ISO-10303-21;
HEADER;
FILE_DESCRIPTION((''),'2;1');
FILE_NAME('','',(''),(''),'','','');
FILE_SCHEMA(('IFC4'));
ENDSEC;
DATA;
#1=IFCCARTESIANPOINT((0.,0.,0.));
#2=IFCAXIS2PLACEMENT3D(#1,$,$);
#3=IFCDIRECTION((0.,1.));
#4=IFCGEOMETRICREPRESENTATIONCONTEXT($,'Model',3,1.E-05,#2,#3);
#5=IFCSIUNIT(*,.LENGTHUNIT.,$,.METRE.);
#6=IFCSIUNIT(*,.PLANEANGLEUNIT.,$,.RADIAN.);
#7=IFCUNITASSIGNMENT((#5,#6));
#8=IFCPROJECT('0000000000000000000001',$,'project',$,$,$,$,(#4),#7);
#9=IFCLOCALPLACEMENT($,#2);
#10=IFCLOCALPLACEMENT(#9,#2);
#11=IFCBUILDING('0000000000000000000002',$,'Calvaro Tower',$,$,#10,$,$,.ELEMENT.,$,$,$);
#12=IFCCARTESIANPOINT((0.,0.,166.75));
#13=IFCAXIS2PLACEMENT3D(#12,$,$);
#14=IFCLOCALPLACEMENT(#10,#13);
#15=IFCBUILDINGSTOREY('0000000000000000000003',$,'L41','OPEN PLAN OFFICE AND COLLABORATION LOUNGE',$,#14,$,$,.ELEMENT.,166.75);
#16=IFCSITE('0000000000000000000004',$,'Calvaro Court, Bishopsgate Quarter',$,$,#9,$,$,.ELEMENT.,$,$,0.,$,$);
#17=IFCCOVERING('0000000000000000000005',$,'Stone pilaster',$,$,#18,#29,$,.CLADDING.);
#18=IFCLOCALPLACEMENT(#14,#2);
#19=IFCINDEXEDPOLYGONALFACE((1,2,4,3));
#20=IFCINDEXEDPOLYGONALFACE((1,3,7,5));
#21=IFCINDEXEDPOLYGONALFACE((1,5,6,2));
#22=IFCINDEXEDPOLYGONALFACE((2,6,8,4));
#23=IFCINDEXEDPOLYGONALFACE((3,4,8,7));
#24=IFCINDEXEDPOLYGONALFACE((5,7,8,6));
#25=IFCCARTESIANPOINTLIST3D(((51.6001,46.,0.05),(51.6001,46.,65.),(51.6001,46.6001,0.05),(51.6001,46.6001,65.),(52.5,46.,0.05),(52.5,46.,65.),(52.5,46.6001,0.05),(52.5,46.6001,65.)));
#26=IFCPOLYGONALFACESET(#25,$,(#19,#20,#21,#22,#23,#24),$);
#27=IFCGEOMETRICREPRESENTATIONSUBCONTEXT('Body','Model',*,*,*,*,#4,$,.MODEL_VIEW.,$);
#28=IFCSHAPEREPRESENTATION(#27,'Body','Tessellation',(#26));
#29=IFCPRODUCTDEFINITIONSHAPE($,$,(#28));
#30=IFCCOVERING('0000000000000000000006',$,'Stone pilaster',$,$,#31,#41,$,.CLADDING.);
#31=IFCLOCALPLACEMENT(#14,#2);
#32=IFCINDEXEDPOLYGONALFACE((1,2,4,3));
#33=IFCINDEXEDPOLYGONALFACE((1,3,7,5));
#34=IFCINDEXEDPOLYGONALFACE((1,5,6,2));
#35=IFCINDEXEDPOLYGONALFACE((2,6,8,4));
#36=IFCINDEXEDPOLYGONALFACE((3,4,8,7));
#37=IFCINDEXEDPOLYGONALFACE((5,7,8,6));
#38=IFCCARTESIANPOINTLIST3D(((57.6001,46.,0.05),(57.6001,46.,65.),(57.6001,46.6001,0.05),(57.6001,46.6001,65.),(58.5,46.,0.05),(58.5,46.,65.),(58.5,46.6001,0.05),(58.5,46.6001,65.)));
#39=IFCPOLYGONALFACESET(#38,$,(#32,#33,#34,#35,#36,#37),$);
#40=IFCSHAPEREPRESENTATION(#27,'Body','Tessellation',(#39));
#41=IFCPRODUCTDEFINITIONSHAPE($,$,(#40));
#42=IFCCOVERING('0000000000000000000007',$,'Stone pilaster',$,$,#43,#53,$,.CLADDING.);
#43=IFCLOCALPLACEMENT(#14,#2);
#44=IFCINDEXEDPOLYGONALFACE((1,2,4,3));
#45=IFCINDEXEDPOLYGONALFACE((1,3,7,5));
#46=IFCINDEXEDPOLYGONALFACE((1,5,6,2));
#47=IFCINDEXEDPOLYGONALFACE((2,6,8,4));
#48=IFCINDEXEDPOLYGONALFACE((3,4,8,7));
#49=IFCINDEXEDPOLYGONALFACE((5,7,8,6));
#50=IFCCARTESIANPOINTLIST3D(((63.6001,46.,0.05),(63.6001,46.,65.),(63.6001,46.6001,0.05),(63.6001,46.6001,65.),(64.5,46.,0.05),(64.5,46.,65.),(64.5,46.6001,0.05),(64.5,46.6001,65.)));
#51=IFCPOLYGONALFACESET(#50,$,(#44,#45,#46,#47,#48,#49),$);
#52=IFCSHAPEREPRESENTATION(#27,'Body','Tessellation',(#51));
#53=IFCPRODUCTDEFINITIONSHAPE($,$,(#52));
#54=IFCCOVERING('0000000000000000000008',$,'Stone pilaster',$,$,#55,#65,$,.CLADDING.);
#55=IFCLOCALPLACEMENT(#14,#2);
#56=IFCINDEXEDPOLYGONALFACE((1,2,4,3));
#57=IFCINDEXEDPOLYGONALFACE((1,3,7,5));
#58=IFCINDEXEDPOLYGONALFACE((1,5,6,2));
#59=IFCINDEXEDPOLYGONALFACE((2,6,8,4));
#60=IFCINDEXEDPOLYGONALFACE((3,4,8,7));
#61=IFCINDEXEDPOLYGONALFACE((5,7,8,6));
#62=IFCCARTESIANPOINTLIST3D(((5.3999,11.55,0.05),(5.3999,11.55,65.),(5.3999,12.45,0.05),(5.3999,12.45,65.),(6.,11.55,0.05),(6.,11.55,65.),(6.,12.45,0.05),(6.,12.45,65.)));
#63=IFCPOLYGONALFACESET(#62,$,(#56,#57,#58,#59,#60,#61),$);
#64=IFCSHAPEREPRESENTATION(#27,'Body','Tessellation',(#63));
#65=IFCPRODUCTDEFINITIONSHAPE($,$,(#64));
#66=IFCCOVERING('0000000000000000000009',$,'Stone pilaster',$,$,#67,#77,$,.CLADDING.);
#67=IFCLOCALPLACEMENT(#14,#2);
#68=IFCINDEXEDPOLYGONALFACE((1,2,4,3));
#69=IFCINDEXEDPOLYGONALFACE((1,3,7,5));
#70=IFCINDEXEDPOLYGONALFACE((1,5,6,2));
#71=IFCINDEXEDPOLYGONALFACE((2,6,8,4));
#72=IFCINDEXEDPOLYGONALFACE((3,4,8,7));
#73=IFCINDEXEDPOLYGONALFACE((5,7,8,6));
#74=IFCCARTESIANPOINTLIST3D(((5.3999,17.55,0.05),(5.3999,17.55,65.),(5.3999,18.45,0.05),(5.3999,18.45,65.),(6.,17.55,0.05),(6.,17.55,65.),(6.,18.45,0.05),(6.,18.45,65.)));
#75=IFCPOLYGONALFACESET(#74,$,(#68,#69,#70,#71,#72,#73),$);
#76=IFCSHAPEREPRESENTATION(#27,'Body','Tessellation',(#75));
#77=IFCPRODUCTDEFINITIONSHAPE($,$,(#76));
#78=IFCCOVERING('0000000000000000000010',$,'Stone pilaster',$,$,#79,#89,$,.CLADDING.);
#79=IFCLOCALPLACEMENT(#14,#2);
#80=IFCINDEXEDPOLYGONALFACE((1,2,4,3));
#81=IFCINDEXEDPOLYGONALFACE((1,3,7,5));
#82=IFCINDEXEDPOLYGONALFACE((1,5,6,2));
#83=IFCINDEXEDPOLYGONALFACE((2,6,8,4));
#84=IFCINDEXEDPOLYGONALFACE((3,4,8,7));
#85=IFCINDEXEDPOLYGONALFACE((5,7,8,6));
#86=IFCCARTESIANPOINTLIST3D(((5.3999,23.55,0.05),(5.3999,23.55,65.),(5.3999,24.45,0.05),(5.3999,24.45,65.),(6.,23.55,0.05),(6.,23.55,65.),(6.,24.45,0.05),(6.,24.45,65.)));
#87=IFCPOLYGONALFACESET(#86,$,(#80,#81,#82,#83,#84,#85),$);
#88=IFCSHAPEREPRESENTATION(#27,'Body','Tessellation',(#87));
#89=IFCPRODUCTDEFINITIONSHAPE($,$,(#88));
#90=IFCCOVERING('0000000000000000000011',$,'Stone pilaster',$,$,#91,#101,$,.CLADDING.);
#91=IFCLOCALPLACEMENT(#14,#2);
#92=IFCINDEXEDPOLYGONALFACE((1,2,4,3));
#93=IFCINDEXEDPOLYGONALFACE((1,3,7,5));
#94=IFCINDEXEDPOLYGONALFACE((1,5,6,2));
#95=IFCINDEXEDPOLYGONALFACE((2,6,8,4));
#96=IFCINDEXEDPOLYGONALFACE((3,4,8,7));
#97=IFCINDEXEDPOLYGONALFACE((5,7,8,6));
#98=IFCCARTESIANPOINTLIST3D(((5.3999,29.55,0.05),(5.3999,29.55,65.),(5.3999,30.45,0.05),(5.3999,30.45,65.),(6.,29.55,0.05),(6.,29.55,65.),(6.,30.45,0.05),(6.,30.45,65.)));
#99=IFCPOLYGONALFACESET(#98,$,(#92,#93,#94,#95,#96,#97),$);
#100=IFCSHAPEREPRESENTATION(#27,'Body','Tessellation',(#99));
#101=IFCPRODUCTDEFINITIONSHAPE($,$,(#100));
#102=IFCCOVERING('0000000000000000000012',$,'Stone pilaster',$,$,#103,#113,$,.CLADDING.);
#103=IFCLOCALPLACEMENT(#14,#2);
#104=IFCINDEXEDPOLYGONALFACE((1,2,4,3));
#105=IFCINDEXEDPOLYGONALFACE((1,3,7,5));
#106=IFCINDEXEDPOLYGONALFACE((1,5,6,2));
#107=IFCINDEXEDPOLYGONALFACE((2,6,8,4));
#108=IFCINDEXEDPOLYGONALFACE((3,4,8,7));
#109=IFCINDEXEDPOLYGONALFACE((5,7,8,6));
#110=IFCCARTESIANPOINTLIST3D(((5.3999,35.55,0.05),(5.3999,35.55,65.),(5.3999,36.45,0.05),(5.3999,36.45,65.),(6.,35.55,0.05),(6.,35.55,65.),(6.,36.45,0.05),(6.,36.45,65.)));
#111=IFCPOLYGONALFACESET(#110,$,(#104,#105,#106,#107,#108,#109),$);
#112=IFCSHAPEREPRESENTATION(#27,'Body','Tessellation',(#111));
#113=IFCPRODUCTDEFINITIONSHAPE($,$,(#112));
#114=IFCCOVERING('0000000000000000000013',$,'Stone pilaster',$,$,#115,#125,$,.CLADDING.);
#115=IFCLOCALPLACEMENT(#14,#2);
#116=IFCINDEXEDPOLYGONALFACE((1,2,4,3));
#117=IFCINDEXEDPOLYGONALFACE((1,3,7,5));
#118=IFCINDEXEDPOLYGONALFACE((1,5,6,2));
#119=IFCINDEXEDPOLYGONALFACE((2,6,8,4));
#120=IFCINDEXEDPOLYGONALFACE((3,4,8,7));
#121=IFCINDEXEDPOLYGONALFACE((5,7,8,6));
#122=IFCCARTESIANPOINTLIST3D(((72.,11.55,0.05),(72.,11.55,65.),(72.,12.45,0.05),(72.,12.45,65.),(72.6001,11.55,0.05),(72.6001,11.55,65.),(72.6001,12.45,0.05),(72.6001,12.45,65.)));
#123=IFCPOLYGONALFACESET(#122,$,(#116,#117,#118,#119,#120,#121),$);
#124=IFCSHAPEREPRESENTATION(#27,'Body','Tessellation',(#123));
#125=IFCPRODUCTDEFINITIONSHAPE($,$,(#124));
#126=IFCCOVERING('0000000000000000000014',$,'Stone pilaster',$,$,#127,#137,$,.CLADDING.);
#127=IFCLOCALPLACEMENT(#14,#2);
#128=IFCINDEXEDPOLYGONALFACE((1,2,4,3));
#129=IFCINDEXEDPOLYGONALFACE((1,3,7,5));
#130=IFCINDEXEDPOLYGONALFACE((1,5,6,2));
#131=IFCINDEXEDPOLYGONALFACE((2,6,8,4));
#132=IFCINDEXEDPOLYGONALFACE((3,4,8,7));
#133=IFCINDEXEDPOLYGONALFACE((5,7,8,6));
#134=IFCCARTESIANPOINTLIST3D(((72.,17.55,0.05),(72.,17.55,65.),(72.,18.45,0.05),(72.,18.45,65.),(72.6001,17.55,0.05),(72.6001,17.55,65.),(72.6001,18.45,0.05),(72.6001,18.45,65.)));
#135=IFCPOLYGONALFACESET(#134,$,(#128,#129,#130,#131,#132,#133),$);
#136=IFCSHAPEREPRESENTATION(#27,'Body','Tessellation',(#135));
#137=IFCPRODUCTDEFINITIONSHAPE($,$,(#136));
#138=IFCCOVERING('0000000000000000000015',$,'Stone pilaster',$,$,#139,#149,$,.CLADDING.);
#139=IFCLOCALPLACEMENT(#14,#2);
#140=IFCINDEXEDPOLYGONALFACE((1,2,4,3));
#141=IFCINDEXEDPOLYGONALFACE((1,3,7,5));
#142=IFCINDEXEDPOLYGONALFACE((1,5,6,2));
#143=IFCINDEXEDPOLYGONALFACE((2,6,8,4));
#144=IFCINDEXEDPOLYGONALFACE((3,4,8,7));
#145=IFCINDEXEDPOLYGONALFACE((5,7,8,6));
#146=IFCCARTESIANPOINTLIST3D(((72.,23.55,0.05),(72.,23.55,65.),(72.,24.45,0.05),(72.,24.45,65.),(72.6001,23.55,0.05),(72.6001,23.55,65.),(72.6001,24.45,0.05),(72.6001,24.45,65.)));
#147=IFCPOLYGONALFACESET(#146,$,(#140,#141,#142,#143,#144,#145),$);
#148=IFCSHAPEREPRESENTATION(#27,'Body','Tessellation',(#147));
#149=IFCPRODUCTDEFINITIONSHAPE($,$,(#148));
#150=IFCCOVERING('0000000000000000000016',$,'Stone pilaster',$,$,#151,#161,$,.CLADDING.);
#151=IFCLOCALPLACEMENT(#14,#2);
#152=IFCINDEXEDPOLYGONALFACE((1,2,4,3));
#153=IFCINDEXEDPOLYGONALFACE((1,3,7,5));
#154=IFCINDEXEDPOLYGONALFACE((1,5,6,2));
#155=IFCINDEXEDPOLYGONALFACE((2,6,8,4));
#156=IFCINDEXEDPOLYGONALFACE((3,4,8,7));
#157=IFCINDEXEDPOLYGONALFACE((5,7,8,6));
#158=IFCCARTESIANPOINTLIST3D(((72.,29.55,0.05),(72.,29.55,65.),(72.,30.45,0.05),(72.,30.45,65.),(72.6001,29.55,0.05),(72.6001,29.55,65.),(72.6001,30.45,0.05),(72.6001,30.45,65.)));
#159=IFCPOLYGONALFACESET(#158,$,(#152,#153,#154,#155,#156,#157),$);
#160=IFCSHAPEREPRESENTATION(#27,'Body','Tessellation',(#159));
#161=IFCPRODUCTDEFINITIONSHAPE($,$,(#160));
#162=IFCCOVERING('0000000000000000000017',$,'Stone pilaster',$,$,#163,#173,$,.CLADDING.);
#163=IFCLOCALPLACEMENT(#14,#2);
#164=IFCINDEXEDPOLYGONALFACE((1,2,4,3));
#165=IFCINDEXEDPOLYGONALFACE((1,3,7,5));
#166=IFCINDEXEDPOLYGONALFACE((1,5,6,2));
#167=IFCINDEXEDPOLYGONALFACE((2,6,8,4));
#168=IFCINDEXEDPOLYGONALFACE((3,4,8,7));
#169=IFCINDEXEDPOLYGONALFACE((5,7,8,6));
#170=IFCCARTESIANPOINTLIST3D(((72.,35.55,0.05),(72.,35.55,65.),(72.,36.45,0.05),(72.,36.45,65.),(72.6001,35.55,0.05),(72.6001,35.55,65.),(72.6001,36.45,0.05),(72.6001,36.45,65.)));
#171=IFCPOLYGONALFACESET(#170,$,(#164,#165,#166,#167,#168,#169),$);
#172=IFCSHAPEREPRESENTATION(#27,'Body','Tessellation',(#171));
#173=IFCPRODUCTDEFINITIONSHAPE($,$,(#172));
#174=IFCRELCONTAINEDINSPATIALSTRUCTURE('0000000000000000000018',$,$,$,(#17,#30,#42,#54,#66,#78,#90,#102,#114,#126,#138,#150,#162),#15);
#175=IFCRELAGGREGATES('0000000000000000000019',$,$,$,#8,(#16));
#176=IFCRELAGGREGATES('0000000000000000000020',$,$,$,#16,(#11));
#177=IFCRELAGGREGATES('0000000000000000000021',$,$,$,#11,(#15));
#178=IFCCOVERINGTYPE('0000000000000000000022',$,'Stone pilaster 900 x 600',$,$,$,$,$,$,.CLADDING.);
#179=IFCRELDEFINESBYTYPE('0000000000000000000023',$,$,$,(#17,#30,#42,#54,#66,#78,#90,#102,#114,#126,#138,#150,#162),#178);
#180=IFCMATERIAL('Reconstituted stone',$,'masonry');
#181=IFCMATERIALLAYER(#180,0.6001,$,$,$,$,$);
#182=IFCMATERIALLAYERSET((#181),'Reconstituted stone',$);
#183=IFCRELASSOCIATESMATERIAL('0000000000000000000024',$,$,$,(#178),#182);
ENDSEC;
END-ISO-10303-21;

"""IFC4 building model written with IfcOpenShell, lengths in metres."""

from ifc_helpers import new_model, si_unit, direction, frame, origin, place, context, subcontext, project, spatial, polyline, outline, extrude, material, layer, layer_set, type_object, element, save


model = new_model("IFC4")

# Units and contexts
model_context = context("Model", 3, precision=1e-05, world=origin(), true_north=direction((0.0, 1.0)))
body_context = subcontext(model_context, "Body", "Model", "MODEL_VIEW")
ifc_project = project(units=[si_unit("LENGTHUNIT", "METRE"), si_unit("PLANEANGLEUNIT", "RADIAN")], contexts=[model_context])

# Site, building, storey
site_placement = place(None, origin())
site = spatial("IfcSite", under=ifc_project, at=site_placement, Name="Calvaro Court, Bishopsgate Quarter", CompositionType="ELEMENT", RefElevation=0.0)
building_placement = place(site_placement, origin())
building = spatial("IfcBuilding", under=site, at=building_placement, Name="Calvaro Tower", CompositionType="ELEMENT")
storey_placement = place(building_placement, frame((0.0, 0.0, 166.75)))
storey = spatial("IfcBuildingStorey", under=building, at=storey_placement, Name="L41", Description="OPEN PLAN OFFICE AND COLLABORATION LOUNGE", CompositionType="ELEMENT", Elevation=166.75)

# Coverings
ifc_material_1 = material(Name="Reconstituted stone", Category="masonry")
ifc_layer_1 = layer(ifc_material_1, 0.6001)
ifc_layer_set_1 = layer_set([ifc_layer_1], Name="Reconstituted stone")
covering_type = type_object("IfcCoveringType", Name="Stone pilaster 900 x 600", PredefinedType="CLADDING", material=ifc_layer_set_1)
covering_1_placement = place(storey_placement, frame((0.0, 0.0, 0.05)))
element("IfcCovering", 1, at=covering_1_placement, inside=storey, type_object=covering_type, Name="Stone pilaster", PredefinedType="CLADDING", context=body_context, shape_type="SweptSolid", body=[
    extrude(outline(polyline([(51.6001, 46.0), (52.5, 46.0), (52.5, 46.6001), (51.6001, 46.6001), (51.6001, 46.0)])), origin(), (0.0, 0.0, 1.0), 64.95),
])
covering_2_placement = place(storey_placement, frame((0.0, 0.0, 0.05)))
element("IfcCovering", 2, at=covering_2_placement, inside=storey, type_object=covering_type, Name="Stone pilaster", PredefinedType="CLADDING", context=body_context, shape_type="SweptSolid", body=[
    extrude(outline(polyline([(57.6001, 46.0), (58.5, 46.0), (58.5, 46.6001), (57.6001, 46.6001), (57.6001, 46.0)])), origin(), (0.0, 0.0, 1.0), 64.95),
])
covering_3_placement = place(storey_placement, frame((0.0, 0.0, 0.05)))
element("IfcCovering", 3, at=covering_3_placement, inside=storey, type_object=covering_type, Name="Stone pilaster", PredefinedType="CLADDING", context=body_context, shape_type="SweptSolid", body=[
    extrude(outline(polyline([(63.6001, 46.0), (64.5, 46.0), (64.5, 46.6001), (63.6001, 46.6001), (63.6001, 46.0)])), origin(), (0.0, 0.0, 1.0), 64.95),
])
covering_4_placement = place(storey_placement, frame((0.0, 0.0, 0.05)))
element("IfcCovering", 4, at=covering_4_placement, inside=storey, type_object=covering_type, Name="Stone pilaster", PredefinedType="CLADDING", context=body_context, shape_type="SweptSolid", body=[
    extrude(outline(polyline([(5.3999, 11.55), (6.0, 11.55), (6.0, 12.45), (5.3999, 12.45), (5.3999, 11.55)])), origin(), (0.0, 0.0, 1.0), 64.95),
])
covering_5_placement = place(storey_placement, frame((0.0, 0.0, 0.05)))
element("IfcCovering", 5, at=covering_5_placement, inside=storey, type_object=covering_type, Name="Stone pilaster", PredefinedType="CLADDING", context=body_context, shape_type="SweptSolid", body=[
    extrude(outline(polyline([(5.3999, 17.55), (6.0, 17.55), (6.0, 18.45), (5.3999, 18.45), (5.3999, 17.55)])), origin(), (0.0, 0.0, 1.0), 64.95),
])
covering_6_placement = place(storey_placement, frame((0.0, 0.0, 0.05)))
element("IfcCovering", 6, at=covering_6_placement, inside=storey, type_object=covering_type, Name="Stone pilaster", PredefinedType="CLADDING", context=body_context, shape_type="SweptSolid", body=[
    extrude(outline(polyline([(5.3999, 23.55), (6.0, 23.55), (6.0, 24.45), (5.3999, 24.45), (5.3999, 23.55)])), origin(), (0.0, 0.0, 1.0), 64.95),
])
covering_7_placement = place(storey_placement, frame((0.0, 0.0, 0.05)))
element("IfcCovering", 7, at=covering_7_placement, inside=storey, type_object=covering_type, Name="Stone pilaster", PredefinedType="CLADDING", context=body_context, shape_type="SweptSolid", body=[
    extrude(outline(polyline([(5.3999, 29.55), (6.0, 29.55), (6.0, 30.45), (5.3999, 30.45), (5.3999, 29.55)])), origin(), (0.0, 0.0, 1.0), 64.95),
])
covering_8_placement = place(storey_placement, frame((0.0, 0.0, 0.05)))
element("IfcCovering", 8, at=covering_8_placement, inside=storey, type_object=covering_type, Name="Stone pilaster", PredefinedType="CLADDING", context=body_context, shape_type="SweptSolid", body=[
    extrude(outline(polyline([(5.3999, 35.55), (6.0, 35.55), (6.0, 36.45), (5.3999, 36.45), (5.3999, 35.55)])), origin(), (0.0, 0.0, 1.0), 64.95),
])
covering_9_placement = place(storey_placement, frame((0.0, 0.0, 0.05)))
element("IfcCovering", 9, at=covering_9_placement, inside=storey, type_object=covering_type, Name="Stone pilaster", PredefinedType="CLADDING", context=body_context, shape_type="SweptSolid", body=[
    extrude(outline(polyline([(72.0, 11.55), (72.6001, 11.55), (72.6001, 12.45), (72.0, 12.45), (72.0, 11.55)])), origin(), (0.0, 0.0, 1.0), 64.95),
])
covering_10_placement = place(storey_placement, frame((0.0, 0.0, 0.05)))
element("IfcCovering", 10, at=covering_10_placement, inside=storey, type_object=covering_type, Name="Stone pilaster", PredefinedType="CLADDING", context=body_context, shape_type="SweptSolid", body=[
    extrude(outline(polyline([(72.0, 17.55), (72.6001, 17.55), (72.6001, 18.45), (72.0, 18.45), (72.0, 17.55)])), origin(), (0.0, 0.0, 1.0), 64.95),
])
covering_11_placement = place(storey_placement, frame((0.0, 0.0, 0.05)))
element("IfcCovering", 11, at=covering_11_placement, inside=storey, type_object=covering_type, Name="Stone pilaster", PredefinedType="CLADDING", context=body_context, shape_type="SweptSolid", body=[
    extrude(outline(polyline([(72.0, 23.55), (72.6001, 23.55), (72.6001, 24.45), (72.0, 24.45), (72.0, 23.55)])), origin(), (0.0, 0.0, 1.0), 64.95),
])
covering_12_placement = place(storey_placement, frame((0.0, 0.0, 0.05)))
element("IfcCovering", 12, at=covering_12_placement, inside=storey, type_object=covering_type, Name="Stone pilaster", PredefinedType="CLADDING", context=body_context, shape_type="SweptSolid", body=[
    extrude(outline(polyline([(72.0, 29.55), (72.6001, 29.55), (72.6001, 30.45), (72.0, 30.45), (72.0, 29.55)])), origin(), (0.0, 0.0, 1.0), 64.95),
])
covering_13_placement = place(storey_placement, frame((0.0, 0.0, 0.05)))
element("IfcCovering", 13, at=covering_13_placement, inside=storey, type_object=covering_type, Name="Stone pilaster", PredefinedType="CLADDING", context=body_context, shape_type="SweptSolid", body=[
    extrude(outline(polyline([(72.0, 35.55), (72.6001, 35.55), (72.6001, 36.45), (72.0, 36.45), (72.0, 35.55)])), origin(), (0.0, 0.0, 1.0), 64.95),
])

save(model, "model.ifc")
